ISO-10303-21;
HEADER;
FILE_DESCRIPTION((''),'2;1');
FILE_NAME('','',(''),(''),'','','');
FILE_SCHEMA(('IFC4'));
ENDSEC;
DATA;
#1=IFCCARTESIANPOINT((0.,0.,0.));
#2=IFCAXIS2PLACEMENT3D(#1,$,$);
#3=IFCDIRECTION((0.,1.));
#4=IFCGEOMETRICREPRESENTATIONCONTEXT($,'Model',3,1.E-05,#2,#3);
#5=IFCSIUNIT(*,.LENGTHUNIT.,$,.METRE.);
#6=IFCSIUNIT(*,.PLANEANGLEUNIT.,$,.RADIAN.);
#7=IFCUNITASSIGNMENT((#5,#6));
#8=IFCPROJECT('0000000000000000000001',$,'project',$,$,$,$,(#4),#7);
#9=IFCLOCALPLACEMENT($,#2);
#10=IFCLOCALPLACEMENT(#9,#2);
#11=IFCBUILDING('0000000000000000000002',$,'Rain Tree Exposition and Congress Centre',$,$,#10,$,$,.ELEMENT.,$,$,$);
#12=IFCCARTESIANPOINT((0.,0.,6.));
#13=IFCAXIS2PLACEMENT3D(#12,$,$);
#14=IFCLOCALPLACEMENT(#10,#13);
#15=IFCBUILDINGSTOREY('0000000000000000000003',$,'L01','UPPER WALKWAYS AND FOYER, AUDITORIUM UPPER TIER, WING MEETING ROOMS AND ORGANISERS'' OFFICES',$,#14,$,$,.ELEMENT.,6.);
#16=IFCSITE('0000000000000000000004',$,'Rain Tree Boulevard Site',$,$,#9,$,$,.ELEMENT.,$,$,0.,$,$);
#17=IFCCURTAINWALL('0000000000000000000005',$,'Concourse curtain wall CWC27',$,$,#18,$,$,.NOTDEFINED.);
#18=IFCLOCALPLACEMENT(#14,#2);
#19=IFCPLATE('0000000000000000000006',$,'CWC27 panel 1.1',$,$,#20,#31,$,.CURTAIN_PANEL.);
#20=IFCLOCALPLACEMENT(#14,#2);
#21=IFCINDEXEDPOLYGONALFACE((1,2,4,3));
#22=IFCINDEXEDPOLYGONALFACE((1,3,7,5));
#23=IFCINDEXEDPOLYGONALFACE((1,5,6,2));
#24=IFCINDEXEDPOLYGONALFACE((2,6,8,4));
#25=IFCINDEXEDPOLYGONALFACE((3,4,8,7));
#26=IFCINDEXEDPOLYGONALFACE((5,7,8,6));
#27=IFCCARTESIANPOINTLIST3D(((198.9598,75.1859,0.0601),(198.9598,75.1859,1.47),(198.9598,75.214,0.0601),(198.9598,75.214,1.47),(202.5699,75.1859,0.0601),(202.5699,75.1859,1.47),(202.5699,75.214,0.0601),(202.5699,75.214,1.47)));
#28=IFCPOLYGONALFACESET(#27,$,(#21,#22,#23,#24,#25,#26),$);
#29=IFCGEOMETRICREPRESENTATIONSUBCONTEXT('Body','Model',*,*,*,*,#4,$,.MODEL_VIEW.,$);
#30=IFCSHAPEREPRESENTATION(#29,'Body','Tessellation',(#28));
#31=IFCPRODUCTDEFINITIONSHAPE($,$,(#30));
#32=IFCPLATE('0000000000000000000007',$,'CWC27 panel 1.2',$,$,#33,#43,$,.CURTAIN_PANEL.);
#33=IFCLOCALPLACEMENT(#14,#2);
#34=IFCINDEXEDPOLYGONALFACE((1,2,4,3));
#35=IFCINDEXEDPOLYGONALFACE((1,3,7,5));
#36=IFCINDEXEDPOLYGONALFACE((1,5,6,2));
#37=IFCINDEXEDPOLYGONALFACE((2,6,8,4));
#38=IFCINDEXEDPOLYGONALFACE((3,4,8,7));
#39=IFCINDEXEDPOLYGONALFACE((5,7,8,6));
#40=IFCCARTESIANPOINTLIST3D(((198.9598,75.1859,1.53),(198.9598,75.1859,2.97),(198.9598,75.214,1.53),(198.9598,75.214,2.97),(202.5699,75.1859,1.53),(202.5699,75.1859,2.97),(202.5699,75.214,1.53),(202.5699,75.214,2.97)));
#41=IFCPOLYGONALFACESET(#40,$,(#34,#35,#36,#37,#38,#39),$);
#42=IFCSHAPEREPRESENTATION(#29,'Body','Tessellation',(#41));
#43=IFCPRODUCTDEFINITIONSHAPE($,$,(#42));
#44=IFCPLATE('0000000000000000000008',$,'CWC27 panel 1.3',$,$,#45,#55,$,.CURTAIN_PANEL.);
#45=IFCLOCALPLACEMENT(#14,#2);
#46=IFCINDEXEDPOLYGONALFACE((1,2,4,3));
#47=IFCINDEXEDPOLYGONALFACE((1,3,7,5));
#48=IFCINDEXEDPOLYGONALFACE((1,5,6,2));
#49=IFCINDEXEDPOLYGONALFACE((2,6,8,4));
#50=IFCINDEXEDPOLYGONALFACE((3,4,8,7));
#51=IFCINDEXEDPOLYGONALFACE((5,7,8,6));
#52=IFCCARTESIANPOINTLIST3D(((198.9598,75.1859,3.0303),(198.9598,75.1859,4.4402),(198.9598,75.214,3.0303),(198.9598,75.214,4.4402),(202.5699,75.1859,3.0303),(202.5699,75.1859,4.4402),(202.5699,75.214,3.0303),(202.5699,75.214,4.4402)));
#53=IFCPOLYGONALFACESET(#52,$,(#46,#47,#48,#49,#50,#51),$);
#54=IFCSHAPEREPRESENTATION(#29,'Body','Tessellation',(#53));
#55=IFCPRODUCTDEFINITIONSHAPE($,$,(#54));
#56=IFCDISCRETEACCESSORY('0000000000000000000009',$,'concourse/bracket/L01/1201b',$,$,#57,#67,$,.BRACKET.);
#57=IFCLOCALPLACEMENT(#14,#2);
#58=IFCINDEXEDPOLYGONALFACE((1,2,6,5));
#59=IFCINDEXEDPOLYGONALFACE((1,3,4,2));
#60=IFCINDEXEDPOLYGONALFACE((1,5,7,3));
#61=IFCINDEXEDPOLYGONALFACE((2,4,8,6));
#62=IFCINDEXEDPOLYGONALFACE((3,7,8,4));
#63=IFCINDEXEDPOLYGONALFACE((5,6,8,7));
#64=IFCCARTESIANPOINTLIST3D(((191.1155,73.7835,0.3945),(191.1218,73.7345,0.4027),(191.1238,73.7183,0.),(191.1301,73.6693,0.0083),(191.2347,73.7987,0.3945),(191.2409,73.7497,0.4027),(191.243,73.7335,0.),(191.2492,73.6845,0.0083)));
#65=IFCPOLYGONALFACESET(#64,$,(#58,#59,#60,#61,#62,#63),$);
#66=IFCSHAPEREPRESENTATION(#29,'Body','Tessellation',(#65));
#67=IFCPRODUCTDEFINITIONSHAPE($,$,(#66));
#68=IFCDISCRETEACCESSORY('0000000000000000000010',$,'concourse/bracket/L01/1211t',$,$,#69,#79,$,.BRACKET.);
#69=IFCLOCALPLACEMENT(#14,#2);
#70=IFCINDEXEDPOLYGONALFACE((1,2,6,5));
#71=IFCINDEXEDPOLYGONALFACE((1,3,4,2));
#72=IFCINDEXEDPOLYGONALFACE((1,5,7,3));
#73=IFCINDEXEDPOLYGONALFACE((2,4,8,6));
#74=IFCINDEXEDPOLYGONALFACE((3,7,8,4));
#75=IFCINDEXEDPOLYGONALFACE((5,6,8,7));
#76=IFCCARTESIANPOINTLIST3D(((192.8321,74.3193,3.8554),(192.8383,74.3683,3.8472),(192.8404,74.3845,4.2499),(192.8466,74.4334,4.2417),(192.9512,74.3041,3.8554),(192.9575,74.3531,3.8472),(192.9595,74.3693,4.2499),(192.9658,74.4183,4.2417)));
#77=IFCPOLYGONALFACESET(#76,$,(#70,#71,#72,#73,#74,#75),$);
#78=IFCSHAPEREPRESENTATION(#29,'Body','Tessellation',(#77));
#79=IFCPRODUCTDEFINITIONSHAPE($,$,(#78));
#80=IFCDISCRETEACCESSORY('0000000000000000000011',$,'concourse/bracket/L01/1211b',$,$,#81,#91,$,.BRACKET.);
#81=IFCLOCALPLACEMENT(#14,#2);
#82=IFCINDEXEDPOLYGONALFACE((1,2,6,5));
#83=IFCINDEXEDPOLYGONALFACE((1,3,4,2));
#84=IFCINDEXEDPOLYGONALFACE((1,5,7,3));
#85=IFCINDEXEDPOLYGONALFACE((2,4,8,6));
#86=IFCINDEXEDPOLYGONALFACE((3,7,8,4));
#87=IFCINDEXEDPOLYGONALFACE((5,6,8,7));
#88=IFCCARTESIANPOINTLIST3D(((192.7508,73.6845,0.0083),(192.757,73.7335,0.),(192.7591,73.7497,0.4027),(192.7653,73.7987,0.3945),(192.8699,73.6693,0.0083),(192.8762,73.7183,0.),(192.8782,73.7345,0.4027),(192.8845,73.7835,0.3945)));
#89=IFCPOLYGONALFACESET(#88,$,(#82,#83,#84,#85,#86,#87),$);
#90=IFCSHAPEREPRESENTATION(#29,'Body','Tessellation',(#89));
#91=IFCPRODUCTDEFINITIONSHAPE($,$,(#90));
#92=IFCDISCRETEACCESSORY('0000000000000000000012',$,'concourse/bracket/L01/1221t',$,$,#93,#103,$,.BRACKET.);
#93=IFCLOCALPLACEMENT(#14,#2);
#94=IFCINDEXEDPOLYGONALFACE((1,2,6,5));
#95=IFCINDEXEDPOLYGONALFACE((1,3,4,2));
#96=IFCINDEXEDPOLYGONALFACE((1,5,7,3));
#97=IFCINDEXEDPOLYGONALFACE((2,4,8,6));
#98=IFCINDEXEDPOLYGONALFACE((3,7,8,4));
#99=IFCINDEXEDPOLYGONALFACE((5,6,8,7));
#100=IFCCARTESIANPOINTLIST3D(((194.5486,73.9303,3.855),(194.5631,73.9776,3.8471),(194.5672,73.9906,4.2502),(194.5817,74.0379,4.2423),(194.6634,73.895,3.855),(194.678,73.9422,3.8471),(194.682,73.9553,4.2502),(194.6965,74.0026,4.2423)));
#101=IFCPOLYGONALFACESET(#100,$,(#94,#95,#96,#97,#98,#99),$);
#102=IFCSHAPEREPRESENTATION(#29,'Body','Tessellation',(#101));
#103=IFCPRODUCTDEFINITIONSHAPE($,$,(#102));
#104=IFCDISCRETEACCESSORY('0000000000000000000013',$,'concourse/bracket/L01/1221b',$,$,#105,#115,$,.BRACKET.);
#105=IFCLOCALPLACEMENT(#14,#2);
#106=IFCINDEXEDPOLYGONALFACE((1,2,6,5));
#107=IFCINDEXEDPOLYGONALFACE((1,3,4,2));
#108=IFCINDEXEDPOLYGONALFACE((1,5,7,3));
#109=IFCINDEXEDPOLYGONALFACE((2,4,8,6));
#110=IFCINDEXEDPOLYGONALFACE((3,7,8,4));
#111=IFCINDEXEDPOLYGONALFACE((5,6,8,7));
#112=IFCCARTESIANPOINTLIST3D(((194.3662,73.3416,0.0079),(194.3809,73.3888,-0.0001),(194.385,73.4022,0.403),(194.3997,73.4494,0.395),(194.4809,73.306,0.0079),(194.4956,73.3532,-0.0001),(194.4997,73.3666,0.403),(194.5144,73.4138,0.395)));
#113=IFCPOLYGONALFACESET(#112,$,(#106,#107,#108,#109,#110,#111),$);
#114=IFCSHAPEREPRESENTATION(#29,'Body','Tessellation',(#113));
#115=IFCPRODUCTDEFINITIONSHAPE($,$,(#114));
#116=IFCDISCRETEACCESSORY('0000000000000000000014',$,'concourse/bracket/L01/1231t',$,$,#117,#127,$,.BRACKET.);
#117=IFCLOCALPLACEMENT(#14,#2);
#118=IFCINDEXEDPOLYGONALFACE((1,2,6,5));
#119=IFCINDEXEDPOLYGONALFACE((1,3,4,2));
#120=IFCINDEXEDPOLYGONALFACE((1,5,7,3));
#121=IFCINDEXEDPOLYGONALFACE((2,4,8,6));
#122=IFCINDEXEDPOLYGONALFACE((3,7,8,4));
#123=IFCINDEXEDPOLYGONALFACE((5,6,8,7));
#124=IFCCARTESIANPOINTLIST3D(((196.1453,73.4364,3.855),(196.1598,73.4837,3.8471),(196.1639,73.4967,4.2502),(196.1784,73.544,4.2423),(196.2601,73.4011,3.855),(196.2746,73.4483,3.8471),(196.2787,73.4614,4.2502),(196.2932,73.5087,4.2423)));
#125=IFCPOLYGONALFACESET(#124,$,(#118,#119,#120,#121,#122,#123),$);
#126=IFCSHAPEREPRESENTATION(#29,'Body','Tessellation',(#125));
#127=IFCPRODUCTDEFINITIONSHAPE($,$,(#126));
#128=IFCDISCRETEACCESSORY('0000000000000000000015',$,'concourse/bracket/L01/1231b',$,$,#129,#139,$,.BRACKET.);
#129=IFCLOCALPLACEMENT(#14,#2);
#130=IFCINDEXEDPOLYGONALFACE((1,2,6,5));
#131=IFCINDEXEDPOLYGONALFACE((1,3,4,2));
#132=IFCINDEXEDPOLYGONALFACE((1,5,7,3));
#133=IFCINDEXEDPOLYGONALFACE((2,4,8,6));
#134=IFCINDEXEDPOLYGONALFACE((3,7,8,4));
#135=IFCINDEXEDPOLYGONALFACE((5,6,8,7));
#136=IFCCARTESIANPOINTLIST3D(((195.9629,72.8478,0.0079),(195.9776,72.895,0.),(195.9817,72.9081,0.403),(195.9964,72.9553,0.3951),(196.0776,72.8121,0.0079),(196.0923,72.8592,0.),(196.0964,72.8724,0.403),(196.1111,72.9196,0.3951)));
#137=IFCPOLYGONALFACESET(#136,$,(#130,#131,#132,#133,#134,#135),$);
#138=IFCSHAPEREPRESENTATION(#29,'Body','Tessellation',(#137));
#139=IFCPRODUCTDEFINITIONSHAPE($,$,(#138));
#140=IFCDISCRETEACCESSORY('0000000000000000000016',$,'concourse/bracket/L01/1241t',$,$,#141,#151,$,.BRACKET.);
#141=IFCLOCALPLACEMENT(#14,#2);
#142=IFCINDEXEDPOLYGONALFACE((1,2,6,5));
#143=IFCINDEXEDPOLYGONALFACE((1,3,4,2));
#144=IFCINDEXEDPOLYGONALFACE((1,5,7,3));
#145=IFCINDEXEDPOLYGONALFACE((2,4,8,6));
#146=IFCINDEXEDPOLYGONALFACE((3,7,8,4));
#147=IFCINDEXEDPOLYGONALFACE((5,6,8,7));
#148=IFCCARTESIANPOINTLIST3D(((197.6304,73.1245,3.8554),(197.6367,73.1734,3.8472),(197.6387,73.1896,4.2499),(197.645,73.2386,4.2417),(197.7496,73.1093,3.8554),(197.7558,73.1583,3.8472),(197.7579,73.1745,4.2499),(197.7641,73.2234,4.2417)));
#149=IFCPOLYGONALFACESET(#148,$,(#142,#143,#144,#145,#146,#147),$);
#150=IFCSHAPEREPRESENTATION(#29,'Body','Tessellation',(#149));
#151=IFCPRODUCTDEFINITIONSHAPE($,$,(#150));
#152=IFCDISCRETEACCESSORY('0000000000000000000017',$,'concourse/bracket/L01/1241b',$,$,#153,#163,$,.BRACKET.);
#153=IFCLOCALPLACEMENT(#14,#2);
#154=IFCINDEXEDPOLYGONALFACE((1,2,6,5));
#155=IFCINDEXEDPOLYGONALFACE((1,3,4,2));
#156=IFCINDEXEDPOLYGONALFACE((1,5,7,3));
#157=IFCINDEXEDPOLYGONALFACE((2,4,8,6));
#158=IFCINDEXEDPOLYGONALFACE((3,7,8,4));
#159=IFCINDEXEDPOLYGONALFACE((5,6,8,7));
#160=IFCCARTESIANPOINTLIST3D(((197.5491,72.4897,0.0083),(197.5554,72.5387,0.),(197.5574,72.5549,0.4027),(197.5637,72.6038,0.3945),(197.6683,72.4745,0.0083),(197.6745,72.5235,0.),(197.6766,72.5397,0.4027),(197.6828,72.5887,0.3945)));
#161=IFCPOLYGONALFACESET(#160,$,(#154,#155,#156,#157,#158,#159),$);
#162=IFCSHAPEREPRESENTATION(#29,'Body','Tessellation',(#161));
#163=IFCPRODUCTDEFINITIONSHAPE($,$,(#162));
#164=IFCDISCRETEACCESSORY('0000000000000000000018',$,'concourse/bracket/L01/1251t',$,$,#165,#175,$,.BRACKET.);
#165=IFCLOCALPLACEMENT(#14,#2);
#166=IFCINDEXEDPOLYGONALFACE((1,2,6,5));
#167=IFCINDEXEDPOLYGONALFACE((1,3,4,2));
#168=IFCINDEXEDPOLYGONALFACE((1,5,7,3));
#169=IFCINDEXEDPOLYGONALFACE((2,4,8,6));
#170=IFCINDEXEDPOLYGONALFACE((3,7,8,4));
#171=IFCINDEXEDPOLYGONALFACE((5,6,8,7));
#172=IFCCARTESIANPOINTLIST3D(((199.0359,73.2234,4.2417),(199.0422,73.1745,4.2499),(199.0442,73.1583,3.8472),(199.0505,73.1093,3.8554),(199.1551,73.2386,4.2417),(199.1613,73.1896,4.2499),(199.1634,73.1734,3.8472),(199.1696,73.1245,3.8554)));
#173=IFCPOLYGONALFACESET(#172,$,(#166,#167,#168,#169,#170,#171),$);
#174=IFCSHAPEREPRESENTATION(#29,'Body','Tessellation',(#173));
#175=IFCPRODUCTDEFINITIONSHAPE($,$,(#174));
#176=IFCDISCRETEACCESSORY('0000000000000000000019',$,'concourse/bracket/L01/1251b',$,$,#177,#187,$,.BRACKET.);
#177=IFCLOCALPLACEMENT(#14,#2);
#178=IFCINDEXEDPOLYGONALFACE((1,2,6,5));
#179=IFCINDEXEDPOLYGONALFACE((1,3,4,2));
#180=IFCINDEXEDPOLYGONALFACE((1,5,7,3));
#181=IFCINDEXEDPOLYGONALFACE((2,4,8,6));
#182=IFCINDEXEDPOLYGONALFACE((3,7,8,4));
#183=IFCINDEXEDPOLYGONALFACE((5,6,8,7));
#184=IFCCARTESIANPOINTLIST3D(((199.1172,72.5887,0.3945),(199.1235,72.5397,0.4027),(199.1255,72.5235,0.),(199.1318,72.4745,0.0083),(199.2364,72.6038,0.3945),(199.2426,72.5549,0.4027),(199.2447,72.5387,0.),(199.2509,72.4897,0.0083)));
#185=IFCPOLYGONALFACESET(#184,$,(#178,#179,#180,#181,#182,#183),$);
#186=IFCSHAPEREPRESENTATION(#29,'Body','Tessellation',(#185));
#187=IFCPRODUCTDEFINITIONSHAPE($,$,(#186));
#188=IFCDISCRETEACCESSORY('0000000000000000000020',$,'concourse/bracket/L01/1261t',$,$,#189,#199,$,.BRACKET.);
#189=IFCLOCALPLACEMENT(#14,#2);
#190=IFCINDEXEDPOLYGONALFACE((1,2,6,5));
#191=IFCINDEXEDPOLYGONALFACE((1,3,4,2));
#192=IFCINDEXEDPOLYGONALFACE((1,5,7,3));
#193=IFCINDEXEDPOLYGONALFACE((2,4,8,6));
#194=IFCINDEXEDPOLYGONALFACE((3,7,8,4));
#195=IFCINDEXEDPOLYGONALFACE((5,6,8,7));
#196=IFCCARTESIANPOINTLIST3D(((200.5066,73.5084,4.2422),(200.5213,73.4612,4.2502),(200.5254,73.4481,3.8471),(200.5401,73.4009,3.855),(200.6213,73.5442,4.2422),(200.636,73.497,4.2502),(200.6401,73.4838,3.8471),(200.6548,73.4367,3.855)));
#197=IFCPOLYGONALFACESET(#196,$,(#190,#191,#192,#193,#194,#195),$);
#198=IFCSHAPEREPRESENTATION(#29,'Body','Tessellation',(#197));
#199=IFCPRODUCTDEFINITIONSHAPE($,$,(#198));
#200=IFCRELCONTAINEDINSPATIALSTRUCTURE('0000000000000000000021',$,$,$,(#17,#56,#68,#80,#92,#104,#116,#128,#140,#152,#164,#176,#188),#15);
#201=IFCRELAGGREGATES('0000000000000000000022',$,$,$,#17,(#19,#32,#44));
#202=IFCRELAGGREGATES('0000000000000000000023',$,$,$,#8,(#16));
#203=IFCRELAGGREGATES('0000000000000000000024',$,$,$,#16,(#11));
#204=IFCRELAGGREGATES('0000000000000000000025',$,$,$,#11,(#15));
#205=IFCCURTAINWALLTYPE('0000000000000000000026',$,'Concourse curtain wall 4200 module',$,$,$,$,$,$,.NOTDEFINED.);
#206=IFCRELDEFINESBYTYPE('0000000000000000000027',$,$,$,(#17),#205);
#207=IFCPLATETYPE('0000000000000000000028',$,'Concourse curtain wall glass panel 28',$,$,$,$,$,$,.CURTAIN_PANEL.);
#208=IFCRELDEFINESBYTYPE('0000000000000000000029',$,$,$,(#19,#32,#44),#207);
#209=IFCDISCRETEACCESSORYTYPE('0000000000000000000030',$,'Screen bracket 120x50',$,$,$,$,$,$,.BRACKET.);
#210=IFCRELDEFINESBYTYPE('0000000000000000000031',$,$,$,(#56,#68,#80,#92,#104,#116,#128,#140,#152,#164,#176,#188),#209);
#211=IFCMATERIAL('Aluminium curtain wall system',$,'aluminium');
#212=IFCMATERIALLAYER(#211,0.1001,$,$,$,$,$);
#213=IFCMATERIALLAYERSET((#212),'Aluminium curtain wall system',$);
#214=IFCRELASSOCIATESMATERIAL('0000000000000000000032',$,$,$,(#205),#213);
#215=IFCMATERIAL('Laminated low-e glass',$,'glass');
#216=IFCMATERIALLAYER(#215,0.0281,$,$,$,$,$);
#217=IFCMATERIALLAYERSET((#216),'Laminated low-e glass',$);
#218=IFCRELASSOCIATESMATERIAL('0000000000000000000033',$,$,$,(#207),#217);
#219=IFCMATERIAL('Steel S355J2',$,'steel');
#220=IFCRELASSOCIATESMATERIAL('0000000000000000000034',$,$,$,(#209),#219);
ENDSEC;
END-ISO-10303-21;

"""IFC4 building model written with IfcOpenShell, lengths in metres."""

from ifc_helpers import new_model, si_unit, direction, frame, origin, origin_2d, place, context, subcontext, project, spatial, rectangle, extrude, material, layer, layer_set, material_profile, profile_set, type_object, element, aggregate, save


model = new_model("IFC4")

# Units and contexts
model_context = context("Model", 3, precision=1e-05, world=origin(), true_north=direction((0.0, 1.0)))
body_context = subcontext(model_context, "Body", "Model", "MODEL_VIEW")
ifc_project = project(units=[si_unit("LENGTHUNIT", "METRE"), si_unit("PLANEANGLEUNIT", "RADIAN")], contexts=[model_context])

# Site, building, storey
site_placement = place(None, origin())
site = spatial("IfcSite", under=ifc_project, at=site_placement, Name="Rain Tree Boulevard Site", CompositionType="ELEMENT", RefElevation=0.0)
building_placement = place(site_placement, origin())
building = spatial("IfcBuilding", under=site, at=building_placement, Name="Rain Tree Exposition and Congress Centre", CompositionType="ELEMENT")
storey_placement = place(building_placement, frame((0.0, 0.0, 6.0)))
storey = spatial("IfcBuildingStorey", under=building, at=storey_placement, Name="L01", Description="UPPER WALKWAYS AND FOYER, AUDITORIUM UPPER TIER, WING MEETING ROOMS AND ORGANISERS' OFFICES", CompositionType="ELEMENT", Elevation=6.0)

# Shared definitions
ifc_material_1 = material(Name="Aluminium curtain wall system", Category="aluminium")
ifc_layer_1 = layer(ifc_material_1, 0.1001)
ifc_layer_set_1 = layer_set([ifc_layer_1], Name="Aluminium curtain wall system")
curtain_wall_type = type_object("IfcCurtainWallType", Name="Concourse curtain wall 4200 module", PredefinedType="NOTDEFINED", material=ifc_layer_set_1)

# Curtain wall
curtain_wall_1_placement = place(storey_placement, origin())
curtain_wall_1 = element("IfcCurtainWall", 1, at=curtain_wall_1_placement, inside=storey, type_object=curtain_wall_type, Name="Concourse curtain wall CWC27", PredefinedType="NOTDEFINED")

# Plates
ifc_material_2 = material(Name="Laminated low-e glass", Category="glass")
ifc_layer_2 = layer(ifc_material_2, 0.0281)
ifc_layer_set_2 = layer_set([ifc_layer_2], Name="Laminated low-e glass")
plate_type = type_object("IfcPlateType", Name="Concourse curtain wall glass panel 28", PredefinedType="CURTAIN_PANEL", material=ifc_layer_set_2)
plate_1_placement = place(storey_placement, frame((200.7649, 75.2, 0.0601), z_axis=(0.0, 0.0, 1.0), x_axis=(1.0, 0.0, 0.0)))
plate_1 = element("IfcPlate", 2, at=plate_1_placement, type_object=plate_type, Name="CWC27 panel 1.1", PredefinedType="CURTAIN_PANEL", context=body_context, shape_type="SweptSolid", body=[
    extrude(rectangle(XDim=3.6101, YDim=0.0281, at=origin_2d()), origin(), (0.0, 0.0, 1.0), 1.4099),
])
plate_2_placement = place(storey_placement, frame((200.7649, 75.2, 1.53), z_axis=(0.0, 0.0, 1.0), x_axis=(1.0, 0.0, 0.0)))
plate_2 = element("IfcPlate", 3, at=plate_2_placement, type_object=plate_type, Name="CWC27 panel 1.2", PredefinedType="CURTAIN_PANEL", context=body_context, shape_type="SweptSolid", body=[
    extrude(rectangle(XDim=3.6101, YDim=0.0281, at=origin_2d()), origin(), (0.0, 0.0, 1.0), 1.4399),
])
plate_3_placement = place(storey_placement, frame((200.7649, 75.2, 3.0303), z_axis=(0.0, 0.0, 1.0), x_axis=(1.0, 0.0, 0.0)))
plate_3 = element("IfcPlate", 4, at=plate_3_placement, type_object=plate_type, Name="CWC27 panel 1.3", PredefinedType="CURTAIN_PANEL", context=body_context, shape_type="SweptSolid", body=[
    extrude(rectangle(XDim=3.6101, YDim=0.0281, at=origin_2d()), origin(), (0.0, 0.0, 1.0), 1.4099),
])
aggregate(curtain_wall_1, [plate_1, plate_2, plate_3])

# Discrete accessories
ifc_material_3 = material(Name="Steel S355J2", Category="steel")
ifc_material_profile_1 = material_profile(ifc_material_3, rectangle(XDim=0.1201, YDim=0.05, at=origin_2d()), Name="Flat bar 120x50")
ifc_profile_set_1 = profile_set([ifc_material_profile_1], Name="Steel S355J2")
discrete_accessory_type = type_object("IfcDiscreteAccessoryType", Name="Screen bracket 120x50", PredefinedType="BRACKET", material=ifc_profile_set_1)
for number, where, z_axis, x_axis, name in (
    (5, (191.1865, 73.7014, 0.0042), (-0.020754, 0.162978, 0.986411), (-0.991989, -0.126321, 0.0), "concourse/bracket/L01/1201b"),
    (6, (192.8948, 74.3362, 3.8513), (0.020754, 0.162978, 0.986411), (-0.991989, 0.126321, 0.0), "concourse/bracket/L01/1211t"),
    (7, (192.8135, 73.7014, 0.0042), (0.020754, 0.162978, 0.986411), (-0.991989, 0.126321, 0.0), "concourse/bracket/L01/1211b"),
):
    element("IfcDiscreteAccessory", number, at=place(storey_placement, frame(where, z_axis=z_axis, x_axis=x_axis)), inside=storey, type_object=discrete_accessory_type, Name=name, PredefinedType="BRACKET", context=body_context, shape_type="SweptSolid", body=[
        extrude(rectangle(XDim=0.1201, YDim=0.05, at=origin_2d()), origin(), (0.0, 0.0, 1.0), 0.3999),
    ])
for number, where, z_axis, x_axis, name in (
    (8, (194.6133, 73.9363, 3.8511), (0.046384, 0.150747, 0.987484), (-0.955779, 0.294086, 0.0), "concourse/bracket/L01/1221t"),
    (9, (194.4309, 73.3474, 0.0039), (0.046988, 0.151339, 0.987364), (-0.955027, 0.29652, 0.0), "concourse/bracket/L01/1221b"),
    (10, (196.21, 73.4424, 3.8511), (0.046384, 0.150747, 0.987484), (-0.955779, 0.294086, 0.0), "concourse/bracket/L01/1231t"),
    (11, (196.0276, 72.8535, 0.0039), (0.046993, 0.150743, 0.987456), (-0.954686, 0.297615, 0.0), "concourse/bracket/L01/1231b"),
):
    element("IfcDiscreteAccessory", number, at=place(storey_placement, frame(where, z_axis=z_axis, x_axis=x_axis)), inside=storey, type_object=discrete_accessory_type, Name=name, PredefinedType="BRACKET", context=body_context, shape_type="SweptSolid", body=[
        extrude(rectangle(XDim=0.1201, YDim=0.05, at=origin_2d()), origin(), (0.0, 0.0, 1.0), 0.4001),
    ])
for number, where, z_axis, x_axis, name in (
    (12, (197.6931, 73.1414, 3.8513), (0.020754, 0.162978, 0.986411), (-0.991989, 0.126321, 0.0), "concourse/bracket/L01/1241t"),
    (13, (197.6118, 72.5066, 0.0042), (0.020754, 0.162978, 0.986411), (-0.991989, 0.126321, 0.0), "concourse/bracket/L01/1241b"),
    (14, (199.1069, 73.1414, 3.8513), (-0.020754, 0.162978, 0.986411), (-0.991989, -0.126321, 0.0), "concourse/bracket/L01/1251t"),
    (15, (199.1882, 72.5066, 0.0042), (-0.020754, 0.162978, 0.986411), (-0.991989, -0.126321, 0.0), "concourse/bracket/L01/1251b"),
):
    element("IfcDiscreteAccessory", number, at=place(storey_placement, frame(where, z_axis=z_axis, x_axis=x_axis)), inside=storey, type_object=discrete_accessory_type, Name=name, PredefinedType="BRACKET", context=body_context, shape_type="SweptSolid", body=[
        extrude(rectangle(XDim=0.1201, YDim=0.05, at=origin_2d()), origin(), (0.0, 0.0, 1.0), 0.3999),
    ])
discrete_accessory_placement = place(storey_placement, frame((200.5901, 73.4424, 3.8511), z_axis=(-0.046993, 0.150743, 0.987456), x_axis=(-0.954686, -0.297615, 0.0)))
element("IfcDiscreteAccessory", 16, at=discrete_accessory_placement, inside=storey, type_object=discrete_accessory_type, Name="concourse/bracket/L01/1261t", PredefinedType="BRACKET", context=body_context, shape_type="SweptSolid", body=[
    extrude(rectangle(XDim=0.1201, YDim=0.05, at=origin_2d()), origin(), (0.0, 0.0, 1.0), 0.4001),
])

save(model, "model.ifc")
